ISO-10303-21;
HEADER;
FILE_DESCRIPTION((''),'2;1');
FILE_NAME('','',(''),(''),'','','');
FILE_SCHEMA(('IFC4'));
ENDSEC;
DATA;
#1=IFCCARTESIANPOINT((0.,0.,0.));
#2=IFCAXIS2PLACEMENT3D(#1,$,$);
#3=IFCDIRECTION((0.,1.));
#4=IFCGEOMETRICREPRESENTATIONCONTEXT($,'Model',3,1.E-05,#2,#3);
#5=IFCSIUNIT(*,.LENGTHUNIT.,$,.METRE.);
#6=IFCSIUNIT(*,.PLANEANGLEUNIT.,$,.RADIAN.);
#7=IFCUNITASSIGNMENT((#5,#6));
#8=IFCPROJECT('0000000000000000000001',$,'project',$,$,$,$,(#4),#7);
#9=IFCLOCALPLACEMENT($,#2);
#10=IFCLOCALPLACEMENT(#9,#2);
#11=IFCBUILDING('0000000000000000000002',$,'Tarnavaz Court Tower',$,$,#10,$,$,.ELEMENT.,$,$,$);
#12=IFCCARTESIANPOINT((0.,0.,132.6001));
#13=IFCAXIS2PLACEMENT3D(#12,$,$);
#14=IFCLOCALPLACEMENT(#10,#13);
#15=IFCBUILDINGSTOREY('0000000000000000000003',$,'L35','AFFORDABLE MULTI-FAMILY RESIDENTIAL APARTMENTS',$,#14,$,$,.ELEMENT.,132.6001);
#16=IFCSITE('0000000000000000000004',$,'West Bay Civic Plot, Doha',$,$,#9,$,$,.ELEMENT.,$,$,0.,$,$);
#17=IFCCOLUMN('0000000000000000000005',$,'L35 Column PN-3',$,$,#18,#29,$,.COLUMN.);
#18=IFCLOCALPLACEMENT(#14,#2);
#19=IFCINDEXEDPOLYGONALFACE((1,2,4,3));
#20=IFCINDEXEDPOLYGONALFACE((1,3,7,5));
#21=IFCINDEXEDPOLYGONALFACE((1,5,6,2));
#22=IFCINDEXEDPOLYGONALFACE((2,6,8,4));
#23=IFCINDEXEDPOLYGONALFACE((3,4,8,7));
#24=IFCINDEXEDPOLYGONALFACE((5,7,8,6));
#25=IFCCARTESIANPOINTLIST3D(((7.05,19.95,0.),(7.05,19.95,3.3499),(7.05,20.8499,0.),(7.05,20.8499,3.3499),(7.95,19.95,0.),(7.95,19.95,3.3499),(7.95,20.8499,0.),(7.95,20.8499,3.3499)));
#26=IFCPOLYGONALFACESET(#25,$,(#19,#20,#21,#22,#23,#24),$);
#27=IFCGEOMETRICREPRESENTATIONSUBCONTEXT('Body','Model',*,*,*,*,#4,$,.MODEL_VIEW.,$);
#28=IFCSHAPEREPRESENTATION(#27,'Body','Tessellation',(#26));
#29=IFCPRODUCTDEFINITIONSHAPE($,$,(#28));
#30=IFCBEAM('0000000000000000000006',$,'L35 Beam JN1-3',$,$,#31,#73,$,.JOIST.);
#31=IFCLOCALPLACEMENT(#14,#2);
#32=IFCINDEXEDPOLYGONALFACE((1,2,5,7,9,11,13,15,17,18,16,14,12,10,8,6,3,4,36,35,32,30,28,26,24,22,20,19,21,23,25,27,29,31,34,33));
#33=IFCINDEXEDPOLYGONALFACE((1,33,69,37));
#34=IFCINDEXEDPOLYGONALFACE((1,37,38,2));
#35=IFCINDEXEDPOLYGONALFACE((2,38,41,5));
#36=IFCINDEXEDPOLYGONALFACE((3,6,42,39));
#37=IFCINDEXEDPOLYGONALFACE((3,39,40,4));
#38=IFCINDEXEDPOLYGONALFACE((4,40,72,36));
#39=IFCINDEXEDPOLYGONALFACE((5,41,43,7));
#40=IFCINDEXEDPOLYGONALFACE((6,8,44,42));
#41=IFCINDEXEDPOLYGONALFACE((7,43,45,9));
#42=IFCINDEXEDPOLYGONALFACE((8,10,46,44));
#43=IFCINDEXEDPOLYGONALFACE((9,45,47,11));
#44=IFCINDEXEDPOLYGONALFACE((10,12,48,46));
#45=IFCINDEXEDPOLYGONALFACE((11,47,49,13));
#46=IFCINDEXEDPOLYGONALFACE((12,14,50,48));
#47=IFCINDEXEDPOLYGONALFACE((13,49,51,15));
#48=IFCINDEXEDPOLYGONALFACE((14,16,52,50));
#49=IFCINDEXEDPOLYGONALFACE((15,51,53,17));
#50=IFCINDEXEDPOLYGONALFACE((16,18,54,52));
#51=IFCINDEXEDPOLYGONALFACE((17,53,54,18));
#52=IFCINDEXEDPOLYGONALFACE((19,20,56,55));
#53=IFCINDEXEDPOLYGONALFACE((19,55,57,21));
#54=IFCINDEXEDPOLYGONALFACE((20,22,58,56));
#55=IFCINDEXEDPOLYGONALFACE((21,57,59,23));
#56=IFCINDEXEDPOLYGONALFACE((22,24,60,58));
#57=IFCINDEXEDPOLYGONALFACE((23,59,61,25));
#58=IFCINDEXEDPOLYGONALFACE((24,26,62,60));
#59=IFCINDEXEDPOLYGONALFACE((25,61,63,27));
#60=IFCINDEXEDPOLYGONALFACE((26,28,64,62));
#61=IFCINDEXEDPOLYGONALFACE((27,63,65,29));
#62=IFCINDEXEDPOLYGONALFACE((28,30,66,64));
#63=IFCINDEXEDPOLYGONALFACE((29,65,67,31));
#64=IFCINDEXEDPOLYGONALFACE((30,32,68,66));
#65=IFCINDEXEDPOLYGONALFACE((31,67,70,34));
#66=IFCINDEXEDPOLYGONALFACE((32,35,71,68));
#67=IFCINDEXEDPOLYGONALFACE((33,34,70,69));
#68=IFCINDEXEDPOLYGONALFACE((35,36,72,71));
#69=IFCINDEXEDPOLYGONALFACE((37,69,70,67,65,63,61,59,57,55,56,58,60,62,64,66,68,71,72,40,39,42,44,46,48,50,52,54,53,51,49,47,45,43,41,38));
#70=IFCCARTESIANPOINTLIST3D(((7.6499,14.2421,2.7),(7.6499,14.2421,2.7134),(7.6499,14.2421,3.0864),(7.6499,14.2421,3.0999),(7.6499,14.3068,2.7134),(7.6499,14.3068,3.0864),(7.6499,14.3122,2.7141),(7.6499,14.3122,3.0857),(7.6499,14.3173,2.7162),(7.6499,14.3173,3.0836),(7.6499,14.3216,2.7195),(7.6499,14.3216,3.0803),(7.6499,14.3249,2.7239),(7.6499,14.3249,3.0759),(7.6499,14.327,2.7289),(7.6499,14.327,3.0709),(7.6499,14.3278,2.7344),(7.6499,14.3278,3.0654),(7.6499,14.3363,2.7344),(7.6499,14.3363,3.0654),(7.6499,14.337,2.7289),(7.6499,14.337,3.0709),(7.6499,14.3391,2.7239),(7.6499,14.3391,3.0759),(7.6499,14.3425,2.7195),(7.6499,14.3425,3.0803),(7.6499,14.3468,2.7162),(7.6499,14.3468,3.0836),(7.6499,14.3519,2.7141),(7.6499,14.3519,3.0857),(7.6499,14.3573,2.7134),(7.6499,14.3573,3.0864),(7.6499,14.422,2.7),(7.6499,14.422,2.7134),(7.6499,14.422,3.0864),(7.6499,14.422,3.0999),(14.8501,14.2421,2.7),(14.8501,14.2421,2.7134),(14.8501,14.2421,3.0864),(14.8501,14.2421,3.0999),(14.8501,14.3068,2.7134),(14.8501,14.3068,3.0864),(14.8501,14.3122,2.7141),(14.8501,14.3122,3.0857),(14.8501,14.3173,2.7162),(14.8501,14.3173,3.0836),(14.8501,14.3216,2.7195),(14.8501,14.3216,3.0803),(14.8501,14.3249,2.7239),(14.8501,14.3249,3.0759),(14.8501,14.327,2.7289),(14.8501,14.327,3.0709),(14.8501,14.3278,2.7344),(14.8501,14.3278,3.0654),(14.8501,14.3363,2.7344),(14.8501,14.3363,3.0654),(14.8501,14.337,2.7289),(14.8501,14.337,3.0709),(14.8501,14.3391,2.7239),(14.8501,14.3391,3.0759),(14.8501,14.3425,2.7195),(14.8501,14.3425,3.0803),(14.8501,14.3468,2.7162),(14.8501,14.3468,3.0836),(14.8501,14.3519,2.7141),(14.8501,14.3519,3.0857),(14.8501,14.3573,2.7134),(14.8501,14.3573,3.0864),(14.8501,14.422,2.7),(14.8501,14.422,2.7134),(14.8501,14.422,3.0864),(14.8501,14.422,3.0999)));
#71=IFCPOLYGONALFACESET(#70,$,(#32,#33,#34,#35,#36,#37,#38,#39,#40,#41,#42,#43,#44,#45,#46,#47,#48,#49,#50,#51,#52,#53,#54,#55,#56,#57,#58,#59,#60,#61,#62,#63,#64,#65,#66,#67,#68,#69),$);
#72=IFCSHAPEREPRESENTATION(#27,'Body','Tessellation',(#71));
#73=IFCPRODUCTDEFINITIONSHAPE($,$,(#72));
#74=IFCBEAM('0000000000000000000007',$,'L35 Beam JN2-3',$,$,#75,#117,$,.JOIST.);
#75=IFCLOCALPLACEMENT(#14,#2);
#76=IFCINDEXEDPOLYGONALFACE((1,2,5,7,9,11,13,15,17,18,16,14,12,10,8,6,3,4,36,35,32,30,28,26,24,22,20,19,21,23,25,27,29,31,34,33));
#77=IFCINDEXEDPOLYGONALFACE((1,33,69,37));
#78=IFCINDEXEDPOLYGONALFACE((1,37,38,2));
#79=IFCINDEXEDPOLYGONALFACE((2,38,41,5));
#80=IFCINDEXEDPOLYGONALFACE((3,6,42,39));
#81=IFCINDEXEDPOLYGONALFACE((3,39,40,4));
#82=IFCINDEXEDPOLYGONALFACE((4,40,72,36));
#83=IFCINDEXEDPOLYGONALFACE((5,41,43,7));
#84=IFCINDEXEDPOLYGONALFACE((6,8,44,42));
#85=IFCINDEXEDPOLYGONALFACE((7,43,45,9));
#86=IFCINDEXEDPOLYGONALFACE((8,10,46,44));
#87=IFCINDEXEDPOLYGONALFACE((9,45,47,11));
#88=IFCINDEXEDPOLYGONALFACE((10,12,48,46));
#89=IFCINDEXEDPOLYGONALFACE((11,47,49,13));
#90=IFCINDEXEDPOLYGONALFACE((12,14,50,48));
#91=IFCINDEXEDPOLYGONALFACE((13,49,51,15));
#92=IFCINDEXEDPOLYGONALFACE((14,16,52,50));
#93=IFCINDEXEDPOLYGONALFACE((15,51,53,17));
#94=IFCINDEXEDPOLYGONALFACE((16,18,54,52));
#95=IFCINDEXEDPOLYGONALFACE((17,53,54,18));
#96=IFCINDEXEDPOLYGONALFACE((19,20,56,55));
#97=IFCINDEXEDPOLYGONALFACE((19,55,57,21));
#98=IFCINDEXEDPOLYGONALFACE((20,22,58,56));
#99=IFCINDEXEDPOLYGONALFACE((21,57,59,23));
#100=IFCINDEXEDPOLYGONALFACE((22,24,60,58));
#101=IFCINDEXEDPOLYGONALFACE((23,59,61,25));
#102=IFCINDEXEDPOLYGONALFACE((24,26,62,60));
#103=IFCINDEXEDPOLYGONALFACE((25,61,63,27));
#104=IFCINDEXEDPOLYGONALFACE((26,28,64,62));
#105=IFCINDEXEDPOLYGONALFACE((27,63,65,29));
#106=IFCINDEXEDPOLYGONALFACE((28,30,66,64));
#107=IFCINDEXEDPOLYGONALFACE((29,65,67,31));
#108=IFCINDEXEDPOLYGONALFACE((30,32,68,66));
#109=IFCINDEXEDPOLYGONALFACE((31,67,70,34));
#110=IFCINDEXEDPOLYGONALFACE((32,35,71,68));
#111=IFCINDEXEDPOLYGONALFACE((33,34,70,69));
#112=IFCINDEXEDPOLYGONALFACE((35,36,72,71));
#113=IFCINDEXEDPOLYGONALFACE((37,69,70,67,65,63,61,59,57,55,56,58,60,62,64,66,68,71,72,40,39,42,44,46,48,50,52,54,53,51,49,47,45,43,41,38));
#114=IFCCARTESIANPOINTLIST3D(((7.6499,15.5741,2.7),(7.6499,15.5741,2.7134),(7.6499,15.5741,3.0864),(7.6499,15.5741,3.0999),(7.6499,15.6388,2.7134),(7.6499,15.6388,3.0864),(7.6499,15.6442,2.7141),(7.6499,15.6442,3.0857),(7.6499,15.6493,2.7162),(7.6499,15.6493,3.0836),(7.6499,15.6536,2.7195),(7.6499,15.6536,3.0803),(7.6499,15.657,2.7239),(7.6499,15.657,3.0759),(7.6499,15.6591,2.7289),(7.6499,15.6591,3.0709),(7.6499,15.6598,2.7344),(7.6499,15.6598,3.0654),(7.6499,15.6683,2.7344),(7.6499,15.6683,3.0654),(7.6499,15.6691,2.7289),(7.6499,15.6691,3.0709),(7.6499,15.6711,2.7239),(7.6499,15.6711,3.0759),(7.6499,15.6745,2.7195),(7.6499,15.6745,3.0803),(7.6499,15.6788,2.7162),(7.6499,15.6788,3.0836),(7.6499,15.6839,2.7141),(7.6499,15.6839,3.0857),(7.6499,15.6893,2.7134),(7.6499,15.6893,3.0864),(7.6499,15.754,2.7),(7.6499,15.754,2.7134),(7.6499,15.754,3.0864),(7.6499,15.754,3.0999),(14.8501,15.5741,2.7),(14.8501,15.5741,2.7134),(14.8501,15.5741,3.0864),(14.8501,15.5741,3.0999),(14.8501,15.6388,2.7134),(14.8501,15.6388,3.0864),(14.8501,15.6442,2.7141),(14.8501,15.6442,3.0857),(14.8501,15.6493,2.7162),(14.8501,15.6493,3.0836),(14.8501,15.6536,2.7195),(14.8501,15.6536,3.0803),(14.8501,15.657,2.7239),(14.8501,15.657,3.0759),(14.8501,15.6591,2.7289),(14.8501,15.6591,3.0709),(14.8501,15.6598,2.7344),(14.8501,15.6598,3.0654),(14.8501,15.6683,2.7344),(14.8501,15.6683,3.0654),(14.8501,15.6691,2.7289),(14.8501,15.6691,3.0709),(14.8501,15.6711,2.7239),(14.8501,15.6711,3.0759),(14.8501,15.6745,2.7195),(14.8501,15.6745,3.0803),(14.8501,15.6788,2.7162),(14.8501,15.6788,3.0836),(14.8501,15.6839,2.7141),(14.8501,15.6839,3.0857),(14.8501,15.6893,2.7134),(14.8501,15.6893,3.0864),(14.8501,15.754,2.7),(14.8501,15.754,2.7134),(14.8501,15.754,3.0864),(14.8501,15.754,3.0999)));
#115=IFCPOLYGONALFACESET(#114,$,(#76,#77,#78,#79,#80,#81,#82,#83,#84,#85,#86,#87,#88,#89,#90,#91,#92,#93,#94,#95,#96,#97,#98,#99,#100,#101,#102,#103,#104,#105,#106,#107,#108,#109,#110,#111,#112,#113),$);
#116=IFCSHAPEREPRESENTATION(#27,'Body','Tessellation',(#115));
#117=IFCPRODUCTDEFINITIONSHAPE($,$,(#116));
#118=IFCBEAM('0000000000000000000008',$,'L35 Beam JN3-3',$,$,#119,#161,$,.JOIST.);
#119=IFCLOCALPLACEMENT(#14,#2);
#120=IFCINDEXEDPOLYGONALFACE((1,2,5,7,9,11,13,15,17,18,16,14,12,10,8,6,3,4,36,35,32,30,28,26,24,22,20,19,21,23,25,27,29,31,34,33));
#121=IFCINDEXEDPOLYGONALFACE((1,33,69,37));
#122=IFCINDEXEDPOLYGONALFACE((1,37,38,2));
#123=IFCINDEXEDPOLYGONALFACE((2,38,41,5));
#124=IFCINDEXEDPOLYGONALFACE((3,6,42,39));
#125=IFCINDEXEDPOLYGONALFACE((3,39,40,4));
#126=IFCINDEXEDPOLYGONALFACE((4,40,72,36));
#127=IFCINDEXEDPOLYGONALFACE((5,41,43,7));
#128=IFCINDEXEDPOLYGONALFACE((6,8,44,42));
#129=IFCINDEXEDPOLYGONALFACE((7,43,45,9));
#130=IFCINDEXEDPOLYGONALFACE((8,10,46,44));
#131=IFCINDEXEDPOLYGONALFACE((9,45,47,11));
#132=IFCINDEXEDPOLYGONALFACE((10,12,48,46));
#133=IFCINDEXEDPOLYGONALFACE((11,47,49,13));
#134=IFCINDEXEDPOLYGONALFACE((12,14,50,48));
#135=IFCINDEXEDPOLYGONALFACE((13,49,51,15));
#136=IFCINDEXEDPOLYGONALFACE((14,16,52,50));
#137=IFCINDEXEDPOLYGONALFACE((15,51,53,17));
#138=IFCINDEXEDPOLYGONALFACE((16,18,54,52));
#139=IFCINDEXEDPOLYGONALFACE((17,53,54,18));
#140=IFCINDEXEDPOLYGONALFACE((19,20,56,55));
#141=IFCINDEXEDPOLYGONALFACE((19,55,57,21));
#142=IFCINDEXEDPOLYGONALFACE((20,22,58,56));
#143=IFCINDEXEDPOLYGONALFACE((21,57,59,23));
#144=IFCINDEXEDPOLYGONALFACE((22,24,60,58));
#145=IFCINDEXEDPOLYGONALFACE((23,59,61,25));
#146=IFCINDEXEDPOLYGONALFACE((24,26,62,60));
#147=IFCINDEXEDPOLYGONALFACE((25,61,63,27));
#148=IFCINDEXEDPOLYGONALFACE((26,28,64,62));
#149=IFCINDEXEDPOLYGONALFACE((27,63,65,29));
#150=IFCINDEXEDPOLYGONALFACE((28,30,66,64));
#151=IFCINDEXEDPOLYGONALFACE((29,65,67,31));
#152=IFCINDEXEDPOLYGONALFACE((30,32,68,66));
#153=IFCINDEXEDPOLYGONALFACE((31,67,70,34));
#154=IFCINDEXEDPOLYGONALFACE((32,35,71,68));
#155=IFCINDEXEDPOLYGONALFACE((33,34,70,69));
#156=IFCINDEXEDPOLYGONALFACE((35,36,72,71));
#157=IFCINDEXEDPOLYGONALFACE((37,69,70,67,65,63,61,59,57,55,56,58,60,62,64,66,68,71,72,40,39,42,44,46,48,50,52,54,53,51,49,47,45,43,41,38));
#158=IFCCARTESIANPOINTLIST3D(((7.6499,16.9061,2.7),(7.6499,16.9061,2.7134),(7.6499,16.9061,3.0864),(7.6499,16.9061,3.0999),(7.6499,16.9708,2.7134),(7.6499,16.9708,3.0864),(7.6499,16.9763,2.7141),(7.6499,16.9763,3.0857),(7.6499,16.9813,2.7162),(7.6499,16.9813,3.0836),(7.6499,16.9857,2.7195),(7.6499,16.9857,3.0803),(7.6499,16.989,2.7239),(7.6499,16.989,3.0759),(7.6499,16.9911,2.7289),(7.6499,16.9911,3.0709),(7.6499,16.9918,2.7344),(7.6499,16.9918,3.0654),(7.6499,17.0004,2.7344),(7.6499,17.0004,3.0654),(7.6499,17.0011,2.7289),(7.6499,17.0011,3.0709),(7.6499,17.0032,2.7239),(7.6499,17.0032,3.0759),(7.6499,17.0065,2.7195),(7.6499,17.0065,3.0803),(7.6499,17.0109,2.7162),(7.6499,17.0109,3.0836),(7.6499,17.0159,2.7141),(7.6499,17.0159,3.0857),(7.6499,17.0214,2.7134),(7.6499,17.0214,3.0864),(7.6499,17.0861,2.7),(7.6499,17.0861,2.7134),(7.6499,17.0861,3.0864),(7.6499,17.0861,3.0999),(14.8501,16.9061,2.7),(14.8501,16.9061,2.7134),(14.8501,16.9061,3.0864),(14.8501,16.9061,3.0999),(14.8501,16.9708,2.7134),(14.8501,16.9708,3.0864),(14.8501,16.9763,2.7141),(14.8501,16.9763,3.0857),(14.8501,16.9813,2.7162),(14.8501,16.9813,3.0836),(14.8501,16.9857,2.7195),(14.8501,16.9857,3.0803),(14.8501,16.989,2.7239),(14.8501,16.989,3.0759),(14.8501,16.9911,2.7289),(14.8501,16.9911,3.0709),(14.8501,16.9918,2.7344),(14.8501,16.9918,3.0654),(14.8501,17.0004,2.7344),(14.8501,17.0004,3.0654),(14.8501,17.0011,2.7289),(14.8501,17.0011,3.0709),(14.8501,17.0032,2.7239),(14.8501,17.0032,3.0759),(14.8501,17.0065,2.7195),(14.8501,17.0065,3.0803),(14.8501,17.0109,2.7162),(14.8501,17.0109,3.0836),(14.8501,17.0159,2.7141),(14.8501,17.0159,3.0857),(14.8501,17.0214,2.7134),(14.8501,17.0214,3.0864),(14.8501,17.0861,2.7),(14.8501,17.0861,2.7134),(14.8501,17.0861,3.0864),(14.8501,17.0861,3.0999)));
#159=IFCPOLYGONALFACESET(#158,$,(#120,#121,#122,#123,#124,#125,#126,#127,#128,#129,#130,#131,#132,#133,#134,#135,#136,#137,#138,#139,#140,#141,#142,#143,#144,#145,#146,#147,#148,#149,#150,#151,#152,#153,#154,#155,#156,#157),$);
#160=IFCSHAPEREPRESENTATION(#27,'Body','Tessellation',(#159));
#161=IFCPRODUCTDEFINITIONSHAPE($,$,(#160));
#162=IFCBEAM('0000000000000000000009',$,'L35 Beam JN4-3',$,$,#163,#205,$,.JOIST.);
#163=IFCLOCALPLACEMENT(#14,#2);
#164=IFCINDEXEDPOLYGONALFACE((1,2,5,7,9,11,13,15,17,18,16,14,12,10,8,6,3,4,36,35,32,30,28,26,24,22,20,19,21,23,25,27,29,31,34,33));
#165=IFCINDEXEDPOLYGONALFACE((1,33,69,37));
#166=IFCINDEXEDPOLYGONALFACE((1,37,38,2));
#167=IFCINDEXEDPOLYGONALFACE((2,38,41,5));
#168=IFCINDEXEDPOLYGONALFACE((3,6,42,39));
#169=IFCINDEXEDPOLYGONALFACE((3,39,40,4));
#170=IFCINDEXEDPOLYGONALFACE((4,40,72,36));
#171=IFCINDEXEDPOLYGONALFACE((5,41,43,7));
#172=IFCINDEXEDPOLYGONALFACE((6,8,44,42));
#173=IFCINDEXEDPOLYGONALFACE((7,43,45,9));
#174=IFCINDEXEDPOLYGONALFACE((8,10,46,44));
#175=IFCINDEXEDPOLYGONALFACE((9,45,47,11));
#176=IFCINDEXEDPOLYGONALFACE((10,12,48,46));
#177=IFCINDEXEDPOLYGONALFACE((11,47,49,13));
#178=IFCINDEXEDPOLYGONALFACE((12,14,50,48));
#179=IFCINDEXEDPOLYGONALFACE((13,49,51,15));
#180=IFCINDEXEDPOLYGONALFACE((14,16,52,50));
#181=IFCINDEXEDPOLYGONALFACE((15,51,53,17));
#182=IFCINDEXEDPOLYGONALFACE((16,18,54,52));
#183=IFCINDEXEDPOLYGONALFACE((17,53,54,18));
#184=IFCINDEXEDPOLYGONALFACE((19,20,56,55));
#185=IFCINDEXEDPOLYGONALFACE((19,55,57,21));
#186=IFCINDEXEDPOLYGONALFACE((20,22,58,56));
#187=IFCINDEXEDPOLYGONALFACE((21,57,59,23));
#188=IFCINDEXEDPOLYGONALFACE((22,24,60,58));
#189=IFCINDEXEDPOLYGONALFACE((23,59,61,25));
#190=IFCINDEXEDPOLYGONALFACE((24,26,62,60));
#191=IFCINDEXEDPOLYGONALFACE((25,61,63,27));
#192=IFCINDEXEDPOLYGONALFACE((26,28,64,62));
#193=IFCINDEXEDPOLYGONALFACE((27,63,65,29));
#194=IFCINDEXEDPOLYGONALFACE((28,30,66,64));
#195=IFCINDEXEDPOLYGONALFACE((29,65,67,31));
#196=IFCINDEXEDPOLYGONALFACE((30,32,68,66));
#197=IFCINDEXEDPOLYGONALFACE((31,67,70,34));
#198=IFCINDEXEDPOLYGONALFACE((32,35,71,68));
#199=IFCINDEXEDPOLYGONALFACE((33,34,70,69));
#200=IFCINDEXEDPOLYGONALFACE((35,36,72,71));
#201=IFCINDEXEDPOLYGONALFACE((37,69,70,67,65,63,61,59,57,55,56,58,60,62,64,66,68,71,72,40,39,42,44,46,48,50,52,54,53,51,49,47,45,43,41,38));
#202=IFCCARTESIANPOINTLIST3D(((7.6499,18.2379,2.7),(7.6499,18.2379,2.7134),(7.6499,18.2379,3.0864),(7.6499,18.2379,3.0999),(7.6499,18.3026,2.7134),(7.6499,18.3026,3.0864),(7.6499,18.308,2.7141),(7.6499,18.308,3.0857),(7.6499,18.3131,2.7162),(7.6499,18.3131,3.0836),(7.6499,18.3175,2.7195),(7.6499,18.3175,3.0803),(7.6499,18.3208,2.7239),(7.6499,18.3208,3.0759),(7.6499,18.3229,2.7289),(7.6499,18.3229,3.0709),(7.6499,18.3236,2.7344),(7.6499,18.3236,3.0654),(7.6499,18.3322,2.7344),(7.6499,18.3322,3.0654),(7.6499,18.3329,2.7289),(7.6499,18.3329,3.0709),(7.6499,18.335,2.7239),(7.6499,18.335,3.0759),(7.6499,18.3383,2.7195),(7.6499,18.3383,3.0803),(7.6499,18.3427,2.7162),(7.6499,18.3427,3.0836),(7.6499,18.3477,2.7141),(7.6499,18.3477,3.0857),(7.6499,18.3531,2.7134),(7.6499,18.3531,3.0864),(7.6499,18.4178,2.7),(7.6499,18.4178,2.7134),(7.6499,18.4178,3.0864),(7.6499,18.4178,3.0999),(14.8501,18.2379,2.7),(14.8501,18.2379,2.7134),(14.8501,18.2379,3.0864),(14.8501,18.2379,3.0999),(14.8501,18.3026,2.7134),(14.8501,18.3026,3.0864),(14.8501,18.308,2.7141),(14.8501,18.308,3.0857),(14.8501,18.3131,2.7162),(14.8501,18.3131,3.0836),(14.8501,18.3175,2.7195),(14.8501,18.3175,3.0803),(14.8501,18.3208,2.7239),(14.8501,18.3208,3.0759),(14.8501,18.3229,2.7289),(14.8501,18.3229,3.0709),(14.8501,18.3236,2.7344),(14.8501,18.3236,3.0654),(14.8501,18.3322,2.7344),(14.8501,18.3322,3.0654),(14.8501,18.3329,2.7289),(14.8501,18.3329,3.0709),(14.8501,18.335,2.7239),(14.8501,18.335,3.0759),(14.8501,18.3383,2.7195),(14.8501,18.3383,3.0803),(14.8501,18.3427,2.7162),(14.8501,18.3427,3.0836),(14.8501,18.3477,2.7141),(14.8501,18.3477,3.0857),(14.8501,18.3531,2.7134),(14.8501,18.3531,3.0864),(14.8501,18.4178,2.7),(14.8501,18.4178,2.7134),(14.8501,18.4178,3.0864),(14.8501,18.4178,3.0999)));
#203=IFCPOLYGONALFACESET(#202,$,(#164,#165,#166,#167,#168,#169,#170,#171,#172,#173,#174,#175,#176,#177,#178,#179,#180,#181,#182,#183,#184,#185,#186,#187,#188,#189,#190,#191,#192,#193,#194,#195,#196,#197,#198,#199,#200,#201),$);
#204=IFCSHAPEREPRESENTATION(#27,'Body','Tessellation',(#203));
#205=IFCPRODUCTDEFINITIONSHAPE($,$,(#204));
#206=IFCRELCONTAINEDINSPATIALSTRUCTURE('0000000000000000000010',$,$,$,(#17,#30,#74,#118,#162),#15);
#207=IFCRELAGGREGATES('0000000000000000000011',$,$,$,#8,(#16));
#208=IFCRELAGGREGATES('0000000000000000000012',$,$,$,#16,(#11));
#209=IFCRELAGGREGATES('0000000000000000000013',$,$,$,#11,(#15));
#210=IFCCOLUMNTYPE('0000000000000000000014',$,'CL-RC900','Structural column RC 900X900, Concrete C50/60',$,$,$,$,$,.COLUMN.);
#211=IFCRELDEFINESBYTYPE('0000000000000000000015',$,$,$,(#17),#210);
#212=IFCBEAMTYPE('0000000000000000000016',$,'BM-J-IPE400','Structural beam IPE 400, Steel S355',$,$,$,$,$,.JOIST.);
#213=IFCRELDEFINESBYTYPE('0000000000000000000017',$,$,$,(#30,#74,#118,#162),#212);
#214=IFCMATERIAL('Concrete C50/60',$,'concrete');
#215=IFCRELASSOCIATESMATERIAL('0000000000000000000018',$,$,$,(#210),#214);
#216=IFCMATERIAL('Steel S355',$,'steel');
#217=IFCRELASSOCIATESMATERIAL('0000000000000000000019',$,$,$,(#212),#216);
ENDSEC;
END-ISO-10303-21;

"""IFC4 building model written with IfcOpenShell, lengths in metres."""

from ifc_helpers import new_model, si_unit, direction, frame, origin, origin_2d, place, context, subcontext, project, spatial, rectangle, i_section, extrude, material, material_profile, profile_set, type_object, element, save


model = new_model("IFC4")

# Units and contexts
model_context = context("Model", 3, precision=1e-05, world=origin(), true_north=direction((0.0, 1.0)))
body_context = subcontext(model_context, "Body", "Model", "MODEL_VIEW")
ifc_project = project(units=[si_unit("LENGTHUNIT", "METRE"), si_unit("PLANEANGLEUNIT", "RADIAN")], contexts=[model_context])

# Site, building, storey
site_placement = place(None, origin())
site = spatial("IfcSite", under=ifc_project, at=site_placement, Name="West Bay Civic Plot, Doha", CompositionType="ELEMENT", RefElevation=0.0)
building_placement = place(site_placement, origin())
building = spatial("IfcBuilding", under=site, at=building_placement, Name="Tarnavaz Court Tower", CompositionType="ELEMENT")
storey_placement = place(building_placement, frame((0.0, 0.0, 132.6001)))
storey = spatial("IfcBuildingStorey", under=building, at=storey_placement, Name="L35", Description="AFFORDABLE MULTI-FAMILY RESIDENTIAL APARTMENTS", CompositionType="ELEMENT", Elevation=132.6001)

# Column
ifc_material_1 = material(Name="Concrete C50/60", Category="concrete")
ifc_material_profile_1 = material_profile(ifc_material_1, rectangle(XDim=0.8999, YDim=0.8999, at=origin_2d()), Name="RC 900X900")
ifc_profile_set_1 = profile_set([ifc_material_profile_1], Name="Concrete C50/60")
column_type = type_object("IfcColumnType", Name="CL-RC900", Description="Structural column RC 900X900, Concrete C50/60", PredefinedType="COLUMN", material=ifc_profile_set_1)
column_placement = place(storey_placement, frame((7.5, 20.3999, 0.0), z_axis=(0.0, 0.0, 1.0), x_axis=(1.0, 0.0, 0.0)))
element("IfcColumn", 1, at=column_placement, inside=storey, type_object=column_type, Name="L35 Column PN-3", PredefinedType="COLUMN", context=body_context, shape_type="SweptSolid", body=[
    extrude(rectangle(XDim=0.8999, YDim=0.8999, at=origin_2d()), origin(), (0.0, 0.0, 1.0), 3.3499),
])

# Beams
ifc_material_2 = material(Name="Steel S355", Category="steel")
ifc_material_profile_2 = material_profile(ifc_material_2, i_section(OverallWidth=0.1799, OverallDepth=0.3999, WebThickness=0.0085, FlangeThickness=0.0134, FilletRadius=0.021, at=origin_2d()), Name="IPE 400")
ifc_profile_set_2 = profile_set([ifc_material_profile_2], Name="Steel S355")
beam_type_1 = type_object("IfcBeamType", Name="BM-J-IPE400", Description="Structural beam IPE 400, Steel S355", PredefinedType="JOIST", material=ifc_profile_set_2)
for number, where, z_axis, x_axis, name in (
    (2, (7.6499, 14.332, 2.8999), (1.0, 0.0, 0.0), (0.0, 1.0, 0.0), "L35 Beam JN1-3"),
    (3, (7.6499, 15.6641, 2.8999), (1.0, 0.0, 0.0), (0.0, 1.0, 0.0), "L35 Beam JN2-3"),
    (4, (7.6499, 16.9961, 2.8999), (1.0, 0.0, 0.0), (0.0, 1.0, 0.0), "L35 Beam JN3-3"),
    (5, (7.6499, 18.3279, 2.8999), (1.0, 0.0, 0.0), (0.0, 1.0, 0.0), "L35 Beam JN4-3"),
):
    element("IfcBeam", number, at=place(storey_placement, frame(where, z_axis=z_axis, x_axis=x_axis)), inside=storey, type_object=beam_type_1, Name=name, PredefinedType="JOIST", context=body_context, shape_type="SweptSolid", body=[
        extrude(i_section(OverallWidth=0.1799, OverallDepth=0.3999, WebThickness=0.0085, FlangeThickness=0.0134, FilletRadius=0.021, at=origin_2d()), origin(), (0.0, 0.0, 1.0), 7.2002),
    ])

save(model, "model.ifc")
